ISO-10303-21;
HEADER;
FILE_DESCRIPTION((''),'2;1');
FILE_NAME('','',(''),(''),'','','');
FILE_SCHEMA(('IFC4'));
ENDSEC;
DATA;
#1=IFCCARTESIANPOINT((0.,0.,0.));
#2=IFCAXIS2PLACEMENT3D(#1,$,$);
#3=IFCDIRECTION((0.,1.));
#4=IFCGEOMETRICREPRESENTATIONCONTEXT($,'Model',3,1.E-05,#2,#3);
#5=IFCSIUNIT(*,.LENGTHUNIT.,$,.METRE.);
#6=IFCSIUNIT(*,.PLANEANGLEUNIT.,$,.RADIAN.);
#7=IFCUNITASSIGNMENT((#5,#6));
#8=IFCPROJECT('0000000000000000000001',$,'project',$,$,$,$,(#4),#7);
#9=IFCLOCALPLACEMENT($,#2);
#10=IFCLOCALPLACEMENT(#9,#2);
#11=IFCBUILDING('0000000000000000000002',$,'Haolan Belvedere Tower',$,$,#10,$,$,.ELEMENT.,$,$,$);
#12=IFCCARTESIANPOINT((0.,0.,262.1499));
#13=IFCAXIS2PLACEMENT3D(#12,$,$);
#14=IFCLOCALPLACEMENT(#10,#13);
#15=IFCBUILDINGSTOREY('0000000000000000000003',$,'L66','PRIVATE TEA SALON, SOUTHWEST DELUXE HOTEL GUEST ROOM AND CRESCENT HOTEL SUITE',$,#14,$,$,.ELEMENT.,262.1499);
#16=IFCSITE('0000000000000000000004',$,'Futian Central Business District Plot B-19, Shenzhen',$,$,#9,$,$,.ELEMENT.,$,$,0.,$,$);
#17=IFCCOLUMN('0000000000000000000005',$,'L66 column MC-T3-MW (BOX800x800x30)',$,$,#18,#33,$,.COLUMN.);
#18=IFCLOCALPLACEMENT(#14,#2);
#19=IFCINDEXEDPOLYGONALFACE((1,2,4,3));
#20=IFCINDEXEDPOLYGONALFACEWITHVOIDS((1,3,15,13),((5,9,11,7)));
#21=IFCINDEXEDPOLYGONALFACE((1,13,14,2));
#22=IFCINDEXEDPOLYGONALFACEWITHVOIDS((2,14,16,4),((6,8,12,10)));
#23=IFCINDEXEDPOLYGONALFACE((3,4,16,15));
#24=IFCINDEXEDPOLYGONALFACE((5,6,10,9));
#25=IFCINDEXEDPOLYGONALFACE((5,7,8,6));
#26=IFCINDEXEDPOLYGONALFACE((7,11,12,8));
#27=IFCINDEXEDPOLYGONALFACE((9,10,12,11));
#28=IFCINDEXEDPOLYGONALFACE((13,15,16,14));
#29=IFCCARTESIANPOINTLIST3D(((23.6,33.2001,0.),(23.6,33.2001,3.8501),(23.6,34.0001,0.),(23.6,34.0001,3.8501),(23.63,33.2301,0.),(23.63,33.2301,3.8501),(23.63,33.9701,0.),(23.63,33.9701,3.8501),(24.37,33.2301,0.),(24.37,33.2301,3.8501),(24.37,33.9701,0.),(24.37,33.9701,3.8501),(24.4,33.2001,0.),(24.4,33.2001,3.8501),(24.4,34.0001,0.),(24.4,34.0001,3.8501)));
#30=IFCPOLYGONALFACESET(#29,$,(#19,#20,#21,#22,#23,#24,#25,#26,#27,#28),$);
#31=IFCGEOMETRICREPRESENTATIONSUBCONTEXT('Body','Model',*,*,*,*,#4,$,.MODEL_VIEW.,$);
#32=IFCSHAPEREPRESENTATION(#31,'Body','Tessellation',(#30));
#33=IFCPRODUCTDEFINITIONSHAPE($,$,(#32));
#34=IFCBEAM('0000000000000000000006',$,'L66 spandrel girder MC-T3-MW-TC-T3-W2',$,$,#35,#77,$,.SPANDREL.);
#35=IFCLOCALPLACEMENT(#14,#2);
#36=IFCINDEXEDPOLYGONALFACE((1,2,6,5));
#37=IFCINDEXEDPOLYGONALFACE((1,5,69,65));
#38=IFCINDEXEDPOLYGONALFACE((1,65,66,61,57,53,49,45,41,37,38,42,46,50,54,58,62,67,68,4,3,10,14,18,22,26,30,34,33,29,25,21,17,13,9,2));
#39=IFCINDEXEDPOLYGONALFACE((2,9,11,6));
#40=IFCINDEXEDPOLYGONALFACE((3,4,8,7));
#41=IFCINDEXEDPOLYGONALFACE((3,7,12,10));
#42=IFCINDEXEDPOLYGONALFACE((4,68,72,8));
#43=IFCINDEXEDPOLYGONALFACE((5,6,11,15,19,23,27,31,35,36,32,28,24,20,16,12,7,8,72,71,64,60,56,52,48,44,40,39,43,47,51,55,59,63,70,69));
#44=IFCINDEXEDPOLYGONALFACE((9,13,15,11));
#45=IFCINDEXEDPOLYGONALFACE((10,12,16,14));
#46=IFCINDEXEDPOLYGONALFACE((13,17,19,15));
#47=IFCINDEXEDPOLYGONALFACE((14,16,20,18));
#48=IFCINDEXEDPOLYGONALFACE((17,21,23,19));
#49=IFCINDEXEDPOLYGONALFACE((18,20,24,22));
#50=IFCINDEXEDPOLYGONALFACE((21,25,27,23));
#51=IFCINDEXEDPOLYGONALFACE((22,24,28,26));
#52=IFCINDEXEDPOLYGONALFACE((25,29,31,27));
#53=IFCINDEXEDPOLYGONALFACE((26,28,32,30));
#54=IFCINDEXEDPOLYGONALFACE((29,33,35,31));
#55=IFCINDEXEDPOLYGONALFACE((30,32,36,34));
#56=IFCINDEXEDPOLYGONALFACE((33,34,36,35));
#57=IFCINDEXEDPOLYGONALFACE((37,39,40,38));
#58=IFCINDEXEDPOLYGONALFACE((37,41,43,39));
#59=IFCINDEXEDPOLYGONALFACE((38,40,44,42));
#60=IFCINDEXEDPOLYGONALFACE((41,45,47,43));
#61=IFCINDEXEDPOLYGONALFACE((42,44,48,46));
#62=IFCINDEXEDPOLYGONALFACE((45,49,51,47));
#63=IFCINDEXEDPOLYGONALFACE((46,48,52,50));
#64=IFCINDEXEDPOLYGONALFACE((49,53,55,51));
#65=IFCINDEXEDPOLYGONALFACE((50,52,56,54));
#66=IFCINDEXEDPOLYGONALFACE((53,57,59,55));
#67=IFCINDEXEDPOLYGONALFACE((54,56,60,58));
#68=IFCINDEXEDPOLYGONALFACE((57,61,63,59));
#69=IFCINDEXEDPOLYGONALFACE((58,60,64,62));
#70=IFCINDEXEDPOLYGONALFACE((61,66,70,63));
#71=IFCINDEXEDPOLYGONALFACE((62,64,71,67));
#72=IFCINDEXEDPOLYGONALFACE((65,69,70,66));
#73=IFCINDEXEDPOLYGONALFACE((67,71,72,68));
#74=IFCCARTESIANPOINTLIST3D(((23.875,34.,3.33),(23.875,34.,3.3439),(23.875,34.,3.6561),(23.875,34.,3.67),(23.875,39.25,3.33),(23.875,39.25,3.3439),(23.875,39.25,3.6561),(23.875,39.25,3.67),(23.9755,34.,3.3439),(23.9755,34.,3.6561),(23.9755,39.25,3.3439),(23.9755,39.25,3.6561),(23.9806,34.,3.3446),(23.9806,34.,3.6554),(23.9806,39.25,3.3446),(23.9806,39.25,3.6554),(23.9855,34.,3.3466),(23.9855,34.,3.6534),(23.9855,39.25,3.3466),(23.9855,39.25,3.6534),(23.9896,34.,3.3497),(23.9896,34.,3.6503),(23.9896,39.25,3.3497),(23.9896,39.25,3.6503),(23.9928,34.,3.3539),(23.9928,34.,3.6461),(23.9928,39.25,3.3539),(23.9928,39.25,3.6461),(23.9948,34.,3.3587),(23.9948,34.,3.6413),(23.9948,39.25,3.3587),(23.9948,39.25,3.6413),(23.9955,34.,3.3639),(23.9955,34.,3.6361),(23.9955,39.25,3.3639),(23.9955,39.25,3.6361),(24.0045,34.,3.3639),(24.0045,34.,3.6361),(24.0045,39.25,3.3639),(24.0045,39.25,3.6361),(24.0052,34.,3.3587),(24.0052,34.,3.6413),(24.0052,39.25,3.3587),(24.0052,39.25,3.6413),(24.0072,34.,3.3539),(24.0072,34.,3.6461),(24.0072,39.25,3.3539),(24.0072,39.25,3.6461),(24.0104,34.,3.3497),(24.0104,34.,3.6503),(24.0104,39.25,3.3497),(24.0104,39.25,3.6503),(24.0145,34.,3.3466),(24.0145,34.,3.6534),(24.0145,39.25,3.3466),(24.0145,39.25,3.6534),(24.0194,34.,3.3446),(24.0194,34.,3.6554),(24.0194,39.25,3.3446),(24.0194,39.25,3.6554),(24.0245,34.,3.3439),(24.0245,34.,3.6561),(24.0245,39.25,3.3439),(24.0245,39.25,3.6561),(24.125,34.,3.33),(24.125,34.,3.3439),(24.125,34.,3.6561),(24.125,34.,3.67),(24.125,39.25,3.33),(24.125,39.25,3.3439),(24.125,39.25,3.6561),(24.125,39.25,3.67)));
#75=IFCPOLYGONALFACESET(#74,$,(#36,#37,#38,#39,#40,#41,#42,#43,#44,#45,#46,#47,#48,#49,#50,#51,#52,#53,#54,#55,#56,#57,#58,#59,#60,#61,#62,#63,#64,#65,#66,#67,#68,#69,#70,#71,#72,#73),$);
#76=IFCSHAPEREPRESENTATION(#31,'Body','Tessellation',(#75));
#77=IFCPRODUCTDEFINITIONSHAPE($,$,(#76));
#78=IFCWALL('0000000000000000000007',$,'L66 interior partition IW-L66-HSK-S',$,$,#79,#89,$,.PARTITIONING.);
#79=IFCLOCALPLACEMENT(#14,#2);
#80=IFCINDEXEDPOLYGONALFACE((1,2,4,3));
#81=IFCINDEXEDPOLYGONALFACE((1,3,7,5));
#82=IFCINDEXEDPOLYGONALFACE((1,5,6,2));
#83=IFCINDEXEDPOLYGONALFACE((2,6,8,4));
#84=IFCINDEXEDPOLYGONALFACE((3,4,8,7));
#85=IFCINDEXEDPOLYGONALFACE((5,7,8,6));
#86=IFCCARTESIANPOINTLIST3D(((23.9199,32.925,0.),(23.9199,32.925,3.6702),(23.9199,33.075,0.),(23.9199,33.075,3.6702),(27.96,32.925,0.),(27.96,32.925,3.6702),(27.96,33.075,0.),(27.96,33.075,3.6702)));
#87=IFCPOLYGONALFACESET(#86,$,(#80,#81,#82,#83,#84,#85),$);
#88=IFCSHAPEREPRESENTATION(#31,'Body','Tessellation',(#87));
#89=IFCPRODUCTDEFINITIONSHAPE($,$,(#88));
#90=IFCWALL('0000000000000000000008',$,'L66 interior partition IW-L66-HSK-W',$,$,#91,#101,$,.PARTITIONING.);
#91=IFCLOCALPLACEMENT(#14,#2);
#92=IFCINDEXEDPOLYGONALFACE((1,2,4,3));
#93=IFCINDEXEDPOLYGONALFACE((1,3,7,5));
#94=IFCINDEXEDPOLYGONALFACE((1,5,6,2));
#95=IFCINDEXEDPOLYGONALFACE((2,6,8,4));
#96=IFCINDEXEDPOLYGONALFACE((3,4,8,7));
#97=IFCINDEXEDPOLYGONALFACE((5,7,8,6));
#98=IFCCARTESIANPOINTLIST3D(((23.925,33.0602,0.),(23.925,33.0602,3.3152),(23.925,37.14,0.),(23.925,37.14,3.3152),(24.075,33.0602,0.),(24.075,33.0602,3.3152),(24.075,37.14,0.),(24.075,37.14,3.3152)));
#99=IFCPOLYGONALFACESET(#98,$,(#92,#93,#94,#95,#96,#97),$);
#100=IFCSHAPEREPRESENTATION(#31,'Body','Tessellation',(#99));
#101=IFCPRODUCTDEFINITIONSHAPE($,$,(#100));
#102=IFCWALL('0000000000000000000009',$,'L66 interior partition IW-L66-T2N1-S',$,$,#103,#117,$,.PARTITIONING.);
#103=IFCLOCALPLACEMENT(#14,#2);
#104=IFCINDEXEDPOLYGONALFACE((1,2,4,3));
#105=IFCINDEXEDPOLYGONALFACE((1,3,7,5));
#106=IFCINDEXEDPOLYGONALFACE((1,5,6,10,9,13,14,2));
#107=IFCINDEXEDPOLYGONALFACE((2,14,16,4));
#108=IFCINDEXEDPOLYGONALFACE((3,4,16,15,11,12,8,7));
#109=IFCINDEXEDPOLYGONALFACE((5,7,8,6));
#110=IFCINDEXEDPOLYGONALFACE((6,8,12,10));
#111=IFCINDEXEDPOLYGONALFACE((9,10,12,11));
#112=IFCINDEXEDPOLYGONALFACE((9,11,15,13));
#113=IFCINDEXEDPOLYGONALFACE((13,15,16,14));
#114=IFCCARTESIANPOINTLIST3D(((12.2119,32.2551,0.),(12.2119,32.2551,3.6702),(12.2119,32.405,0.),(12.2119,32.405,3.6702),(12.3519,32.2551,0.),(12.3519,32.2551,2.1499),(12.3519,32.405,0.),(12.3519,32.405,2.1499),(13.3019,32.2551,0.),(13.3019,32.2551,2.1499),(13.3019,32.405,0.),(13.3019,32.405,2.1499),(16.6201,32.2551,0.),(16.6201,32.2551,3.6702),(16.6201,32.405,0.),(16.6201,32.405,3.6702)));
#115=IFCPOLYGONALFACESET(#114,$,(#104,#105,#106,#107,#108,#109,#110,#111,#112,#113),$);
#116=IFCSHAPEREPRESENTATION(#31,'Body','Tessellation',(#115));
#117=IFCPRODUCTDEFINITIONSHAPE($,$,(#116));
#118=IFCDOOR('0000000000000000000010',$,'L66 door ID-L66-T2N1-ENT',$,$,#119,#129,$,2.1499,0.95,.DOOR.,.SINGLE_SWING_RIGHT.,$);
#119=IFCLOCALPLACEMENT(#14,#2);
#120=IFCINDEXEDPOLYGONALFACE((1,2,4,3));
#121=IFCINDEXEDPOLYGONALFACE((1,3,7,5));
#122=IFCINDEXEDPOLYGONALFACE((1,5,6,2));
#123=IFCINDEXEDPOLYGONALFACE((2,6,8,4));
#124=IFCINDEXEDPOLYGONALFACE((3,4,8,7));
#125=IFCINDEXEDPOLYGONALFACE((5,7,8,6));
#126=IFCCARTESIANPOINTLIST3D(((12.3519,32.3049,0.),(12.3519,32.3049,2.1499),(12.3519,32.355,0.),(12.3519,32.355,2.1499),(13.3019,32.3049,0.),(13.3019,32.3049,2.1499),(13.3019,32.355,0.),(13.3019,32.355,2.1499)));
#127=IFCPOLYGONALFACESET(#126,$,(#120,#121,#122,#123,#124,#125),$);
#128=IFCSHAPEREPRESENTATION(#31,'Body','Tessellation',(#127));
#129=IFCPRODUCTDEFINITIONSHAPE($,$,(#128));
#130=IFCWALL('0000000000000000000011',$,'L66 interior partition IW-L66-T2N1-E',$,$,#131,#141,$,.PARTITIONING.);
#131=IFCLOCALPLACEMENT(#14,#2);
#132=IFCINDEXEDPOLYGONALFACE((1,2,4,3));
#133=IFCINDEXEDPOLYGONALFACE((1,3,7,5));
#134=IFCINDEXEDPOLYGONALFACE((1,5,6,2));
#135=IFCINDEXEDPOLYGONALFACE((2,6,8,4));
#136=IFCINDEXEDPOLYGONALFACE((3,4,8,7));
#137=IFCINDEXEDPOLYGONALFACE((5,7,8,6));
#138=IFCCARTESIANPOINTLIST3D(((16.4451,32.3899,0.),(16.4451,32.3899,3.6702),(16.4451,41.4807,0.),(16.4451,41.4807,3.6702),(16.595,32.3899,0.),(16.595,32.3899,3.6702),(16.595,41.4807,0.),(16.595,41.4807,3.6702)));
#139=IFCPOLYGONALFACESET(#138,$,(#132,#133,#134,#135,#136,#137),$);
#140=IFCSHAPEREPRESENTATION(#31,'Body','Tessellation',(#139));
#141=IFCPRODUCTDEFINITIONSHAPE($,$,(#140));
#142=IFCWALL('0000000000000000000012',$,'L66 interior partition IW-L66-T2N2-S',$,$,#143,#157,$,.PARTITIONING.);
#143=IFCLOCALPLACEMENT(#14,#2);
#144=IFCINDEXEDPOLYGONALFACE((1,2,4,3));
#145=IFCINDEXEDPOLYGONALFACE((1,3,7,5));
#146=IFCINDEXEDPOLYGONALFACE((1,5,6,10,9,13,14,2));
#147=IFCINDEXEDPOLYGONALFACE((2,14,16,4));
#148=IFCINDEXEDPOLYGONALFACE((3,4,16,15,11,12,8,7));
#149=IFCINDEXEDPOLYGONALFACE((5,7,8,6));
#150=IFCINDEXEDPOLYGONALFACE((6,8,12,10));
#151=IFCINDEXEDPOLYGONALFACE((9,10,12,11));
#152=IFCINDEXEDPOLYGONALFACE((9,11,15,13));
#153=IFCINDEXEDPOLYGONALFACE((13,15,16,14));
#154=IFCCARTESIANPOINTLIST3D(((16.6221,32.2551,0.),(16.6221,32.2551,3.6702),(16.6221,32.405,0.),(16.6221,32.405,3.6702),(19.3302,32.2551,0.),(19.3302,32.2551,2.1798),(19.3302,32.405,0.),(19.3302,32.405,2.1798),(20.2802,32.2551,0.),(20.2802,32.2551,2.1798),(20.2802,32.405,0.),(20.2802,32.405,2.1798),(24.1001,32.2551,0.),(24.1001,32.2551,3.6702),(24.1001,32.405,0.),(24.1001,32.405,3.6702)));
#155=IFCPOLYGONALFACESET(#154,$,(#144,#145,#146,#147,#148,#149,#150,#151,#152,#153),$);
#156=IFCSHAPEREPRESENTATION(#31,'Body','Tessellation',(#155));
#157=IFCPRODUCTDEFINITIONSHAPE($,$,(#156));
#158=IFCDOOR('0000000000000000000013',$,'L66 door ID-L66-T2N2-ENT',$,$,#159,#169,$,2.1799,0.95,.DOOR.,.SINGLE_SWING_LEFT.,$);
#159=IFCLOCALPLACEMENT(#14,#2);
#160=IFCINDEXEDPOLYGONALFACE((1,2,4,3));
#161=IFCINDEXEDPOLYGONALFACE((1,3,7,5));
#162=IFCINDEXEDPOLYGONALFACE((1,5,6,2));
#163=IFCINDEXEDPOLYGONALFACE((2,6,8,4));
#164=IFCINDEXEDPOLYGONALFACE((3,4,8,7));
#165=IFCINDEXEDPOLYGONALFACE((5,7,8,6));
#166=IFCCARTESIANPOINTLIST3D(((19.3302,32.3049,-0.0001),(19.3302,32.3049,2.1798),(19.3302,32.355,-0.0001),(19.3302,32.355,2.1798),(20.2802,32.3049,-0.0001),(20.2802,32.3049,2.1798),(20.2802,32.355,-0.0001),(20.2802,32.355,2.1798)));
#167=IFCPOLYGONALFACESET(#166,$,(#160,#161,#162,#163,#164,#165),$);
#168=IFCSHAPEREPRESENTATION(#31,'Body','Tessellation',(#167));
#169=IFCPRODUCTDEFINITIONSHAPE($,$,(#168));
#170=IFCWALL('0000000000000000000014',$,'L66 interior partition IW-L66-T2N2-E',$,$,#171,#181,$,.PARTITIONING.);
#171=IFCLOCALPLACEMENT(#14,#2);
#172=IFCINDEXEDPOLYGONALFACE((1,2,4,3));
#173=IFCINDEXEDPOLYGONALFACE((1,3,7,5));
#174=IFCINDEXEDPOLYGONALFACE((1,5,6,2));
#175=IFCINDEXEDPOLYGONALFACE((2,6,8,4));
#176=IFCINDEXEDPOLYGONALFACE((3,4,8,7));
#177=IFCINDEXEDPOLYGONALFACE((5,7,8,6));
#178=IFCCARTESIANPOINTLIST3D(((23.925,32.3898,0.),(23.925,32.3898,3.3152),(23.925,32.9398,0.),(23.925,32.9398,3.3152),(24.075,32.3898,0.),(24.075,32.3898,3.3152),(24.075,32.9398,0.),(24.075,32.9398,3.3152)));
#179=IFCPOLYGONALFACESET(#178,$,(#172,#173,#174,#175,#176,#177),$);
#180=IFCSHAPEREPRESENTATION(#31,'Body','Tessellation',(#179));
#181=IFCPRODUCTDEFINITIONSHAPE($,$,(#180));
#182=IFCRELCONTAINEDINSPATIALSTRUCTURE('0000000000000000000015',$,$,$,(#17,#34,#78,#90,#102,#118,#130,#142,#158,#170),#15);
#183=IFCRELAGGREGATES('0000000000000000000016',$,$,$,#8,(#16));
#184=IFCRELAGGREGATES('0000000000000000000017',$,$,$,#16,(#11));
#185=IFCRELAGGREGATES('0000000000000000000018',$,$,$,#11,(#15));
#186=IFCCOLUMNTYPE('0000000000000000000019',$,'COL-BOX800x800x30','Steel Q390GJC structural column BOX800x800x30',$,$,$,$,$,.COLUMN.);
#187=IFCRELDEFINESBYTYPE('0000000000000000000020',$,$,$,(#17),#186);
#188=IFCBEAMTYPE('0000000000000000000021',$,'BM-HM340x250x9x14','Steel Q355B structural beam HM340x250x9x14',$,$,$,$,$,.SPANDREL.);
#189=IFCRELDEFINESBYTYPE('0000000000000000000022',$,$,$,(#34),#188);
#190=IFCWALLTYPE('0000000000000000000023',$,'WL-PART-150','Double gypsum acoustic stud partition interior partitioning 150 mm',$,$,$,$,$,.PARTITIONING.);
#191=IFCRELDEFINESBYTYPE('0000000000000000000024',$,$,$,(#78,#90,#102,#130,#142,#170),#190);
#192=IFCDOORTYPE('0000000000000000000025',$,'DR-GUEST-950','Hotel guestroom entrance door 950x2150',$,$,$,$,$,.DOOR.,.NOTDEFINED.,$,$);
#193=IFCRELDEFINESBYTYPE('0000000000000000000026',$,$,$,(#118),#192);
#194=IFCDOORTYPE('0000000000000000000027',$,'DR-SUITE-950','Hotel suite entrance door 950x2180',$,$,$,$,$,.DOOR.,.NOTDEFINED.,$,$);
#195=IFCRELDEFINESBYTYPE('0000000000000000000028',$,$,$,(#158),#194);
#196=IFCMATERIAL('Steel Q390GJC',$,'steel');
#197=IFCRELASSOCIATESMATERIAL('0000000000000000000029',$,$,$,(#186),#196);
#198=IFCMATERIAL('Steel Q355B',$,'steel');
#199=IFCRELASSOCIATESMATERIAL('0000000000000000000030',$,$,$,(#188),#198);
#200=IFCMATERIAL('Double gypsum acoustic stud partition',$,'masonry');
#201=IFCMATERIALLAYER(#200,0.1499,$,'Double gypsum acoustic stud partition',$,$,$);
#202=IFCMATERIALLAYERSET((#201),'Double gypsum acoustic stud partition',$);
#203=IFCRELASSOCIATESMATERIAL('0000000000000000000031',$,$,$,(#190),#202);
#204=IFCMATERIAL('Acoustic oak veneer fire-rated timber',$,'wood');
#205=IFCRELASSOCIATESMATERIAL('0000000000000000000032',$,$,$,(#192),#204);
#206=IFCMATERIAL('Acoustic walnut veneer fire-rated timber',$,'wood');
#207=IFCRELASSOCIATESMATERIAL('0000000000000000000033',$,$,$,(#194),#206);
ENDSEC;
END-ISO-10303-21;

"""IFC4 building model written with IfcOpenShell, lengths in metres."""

from ifc_helpers import new_model, si_unit, direction, frame, frame_2d, origin, origin_2d, place, context, subcontext, project, spatial, rectangle, hollow_rectangle, i_section, extrude, material, layer, layer_set, material_profile, profile_set, type_object, element, fill, save


model = new_model("IFC4")

# Units and contexts
model_context = context("Model", 3, precision=1e-05, world=origin(), true_north=direction((0.0, 1.0)))
body_context = subcontext(model_context, "Body", "Model", "MODEL_VIEW")
ifc_project = project(units=[si_unit("LENGTHUNIT", "METRE"), si_unit("PLANEANGLEUNIT", "RADIAN")], contexts=[model_context])

# Site, building, storey
site_placement = place(None, origin())
site = spatial("IfcSite", under=ifc_project, at=site_placement, Name="Futian Central Business District Plot B-19, Shenzhen", CompositionType="ELEMENT", RefElevation=0.0)
building_placement = place(site_placement, origin())
building = spatial("IfcBuilding", under=site, at=building_placement, Name="Haolan Belvedere Tower", CompositionType="ELEMENT")
storey_placement = place(building_placement, frame((0.0, 0.0, 262.1499)))
storey = spatial("IfcBuildingStorey", under=building, at=storey_placement, Name="L66", Description="PRIVATE TEA SALON, SOUTHWEST DELUXE HOTEL GUEST ROOM AND CRESCENT HOTEL SUITE", CompositionType="ELEMENT", Elevation=262.1499)

# Column
ifc_material_1 = material(Name="Steel Q390GJC", Category="steel")
ifc_material_profile_1 = material_profile(ifc_material_1, hollow_rectangle(XDim=0.8, YDim=0.8, WallThickness=0.03, at=origin_2d()), Name="Steel Q390GJC")
ifc_profile_set_1 = profile_set([ifc_material_profile_1], Name="Steel Q390GJC")
column_type = type_object("IfcColumnType", Name="COL-BOX800x800x30", Description="Steel Q390GJC structural column BOX800x800x30", PredefinedType="COLUMN", material=ifc_profile_set_1)
column_placement = place(storey_placement, frame((24.0, 33.6001, 0.0), z_axis=(0.0, 0.0, 1.0), x_axis=(1.0, 0.0, 0.0)))
element("IfcColumn", 1, at=column_placement, inside=storey, type_object=column_type, Name="L66 column MC-T3-MW (BOX800x800x30)", PredefinedType="COLUMN", context=body_context, shape_type="SweptSolid", body=[
    extrude(hollow_rectangle(XDim=0.8, YDim=0.8, WallThickness=0.03, at=origin_2d()), origin(), (0.0, 0.0, 1.0), 3.8501),
])

# Beam
ifc_material_2 = material(Name="Steel Q355B", Category="steel")
ifc_material_profile_2 = material_profile(ifc_material_2, i_section(OverallWidth=0.25, OverallDepth=0.3401, WebThickness=0.009, FlangeThickness=0.0139, FilletRadius=0.02, at=origin_2d()), Name="Steel Q355B")
ifc_profile_set_2 = profile_set([ifc_material_profile_2], Name="Steel Q355B")
beam_type = type_object("IfcBeamType", Name="BM-HM340x250x9x14", Description="Steel Q355B structural beam HM340x250x9x14", PredefinedType="SPANDREL", material=ifc_profile_set_2)
beam_placement = place(storey_placement, frame((24.0, 34.0, 3.5), z_axis=(0.0, 1.0, 0.0), x_axis=(-1.0, 0.0, 0.0)))
element("IfcBeam", 2, at=beam_placement, inside=storey, type_object=beam_type, Name="L66 spandrel girder MC-T3-MW-TC-T3-W2", PredefinedType="SPANDREL", context=body_context, shape_type="SweptSolid", body=[
    extrude(i_section(OverallWidth=0.25, OverallDepth=0.3401, WebThickness=0.009, FlangeThickness=0.0139, FilletRadius=0.02, at=origin_2d()), origin(), (0.0, 0.0, 1.0), 5.25),
])

# Walls
ifc_material_3 = material(Name="Double gypsum acoustic stud partition", Category="masonry")
ifc_layer_1 = layer(ifc_material_3, 0.1499, Name="Double gypsum acoustic stud partition")
ifc_layer_set_1 = layer_set([ifc_layer_1], Name="Double gypsum acoustic stud partition")
wall_type_1 = type_object("IfcWallType", Name="WL-PART-150", Description="Double gypsum acoustic stud partition interior partitioning 150 mm", PredefinedType="PARTITIONING", material=ifc_layer_set_1)
wall_1_placement = place(storey_placement, frame((23.9199, 33.0, 0.0), z_axis=(0.0, 0.0, 1.0), x_axis=(1.0, 0.0, 0.0)))
element("IfcWall", 3, at=wall_1_placement, inside=storey, type_object=wall_type_1, Name="L66 interior partition IW-L66-HSK-S", PredefinedType="PARTITIONING", context=body_context, shape_type="SweptSolid", body=[
    extrude(rectangle(XDim=4.04, YDim=0.1499, at=frame_2d((2.02, 0.0))), origin(), (0.0, 0.0, 1.0), 3.6702),
])
wall_2_placement = place(storey_placement, frame((24.0, 33.0601, 0.0), z_axis=(0.0, 0.0, 1.0), x_axis=(0.0, 1.0, 0.0)))
element("IfcWall", 4, at=wall_2_placement, inside=storey, type_object=wall_type_1, Name="L66 interior partition IW-L66-HSK-W", PredefinedType="PARTITIONING", context=body_context, shape_type="SweptSolid", body=[
    extrude(rectangle(XDim=4.0798, YDim=0.1499, at=frame_2d((2.04, 0.0))), origin(), (0.0, 0.0, 1.0), 3.3152),
])

# Wall, opening, door
wall_3_placement = place(storey_placement, frame((12.2119, 32.3301, 0.0), z_axis=(0.0, 0.0, 1.0), x_axis=(1.0, 0.0, 0.0)))
wall_3 = element("IfcWall", 5, at=wall_3_placement, inside=storey, type_object=wall_type_1, Name="L66 interior partition IW-L66-T2N1-S", PredefinedType="PARTITIONING", context=body_context, shape_type="SweptSolid", body=[
    extrude(rectangle(XDim=4.4082, YDim=0.1499, at=frame_2d((2.2041, 0.0))), origin(), (0.0, 0.0, 1.0), 3.6702),
])
opening_1_placement = place(wall_3_placement, frame((0.1399, 0.0, 0.0)))
opening_1 = element("IfcOpeningElement", 6, at=opening_1_placement, cuts=wall_3, PredefinedType="OPENING", context=body_context, shape_type="SweptSolid", body=[
    extrude(rectangle(XDim=0.95, YDim=2.1499, at=frame_2d((0.4751, 1.075))), frame((0.0, 0.085, 0.0), z_axis=(0.0, -1.0, 0.0), x_axis=(1.0, 0.0, 0.0)), (0.0, 0.0, 1.0), 0.1699),
])
ifc_material_4 = material(Name="Acoustic oak veneer fire-rated timber", Category="wood")
door_type_1 = type_object("IfcDoorType", Name="DR-GUEST-950", Description="Hotel guestroom entrance door 950x2150", OperationType="NOTDEFINED", PredefinedType="DOOR", material=ifc_material_4)
door_1_placement = place(opening_1_placement, origin())
door_1 = element("IfcDoor", 7, at=door_1_placement, inside=storey, type_object=door_type_1, Name="L66 door ID-L66-T2N1-ENT", OperationType="SINGLE_SWING_RIGHT", OverallHeight=2.1499, OverallWidth=0.95, PredefinedType="DOOR", context=body_context, shape_type="SweptSolid", body=[
    extrude(rectangle(XDim=0.95, YDim=2.1499, at=frame_2d((0.4751, 1.075))), frame((0.0, 0.0249, 0.0), z_axis=(0.0, -1.0, 0.0), x_axis=(1.0, 0.0, 0.0)), (0.0, 0.0, 1.0), 0.05),
])
fill(opening_1, door_1)

# Wall
wall_4_placement = place(storey_placement, frame((16.52, 32.3899, 0.0), z_axis=(0.0, 0.0, 1.0), x_axis=(0.0, 1.0, 0.0)))
element("IfcWall", 8, at=wall_4_placement, inside=storey, type_object=wall_type_1, Name="L66 interior partition IW-L66-T2N1-E", PredefinedType="PARTITIONING", context=body_context, shape_type="SweptSolid", body=[
    extrude(rectangle(XDim=9.0908, YDim=0.1499, at=frame_2d((4.5454, 0.0))), origin(), (0.0, 0.0, 1.0), 3.6702),
])

# Wall, opening, door
wall_5_placement = place(storey_placement, frame((16.6221, 32.3301, 0.0), z_axis=(0.0, 0.0, 1.0), x_axis=(1.0, 0.0, 0.0)))
wall_5 = element("IfcWall", 9, at=wall_5_placement, inside=storey, type_object=wall_type_1, Name="L66 interior partition IW-L66-T2N2-S", PredefinedType="PARTITIONING", context=body_context, shape_type="SweptSolid", body=[
    extrude(rectangle(XDim=7.478, YDim=0.1499, at=frame_2d((3.739, 0.0))), origin(), (0.0, 0.0, 1.0), 3.6702),
])
opening_2_placement = place(wall_5_placement, frame((2.708, 0.0, 0.0)))
opening_2 = element("IfcOpeningElement", 10, at=opening_2_placement, cuts=wall_5, PredefinedType="OPENING", context=body_context, shape_type="SweptSolid", body=[
    extrude(rectangle(XDim=0.95, YDim=2.1799, at=frame_2d((0.4751, 1.0898))), frame((0.0, 0.085, 0.0), z_axis=(0.0, -1.0, 0.0), x_axis=(1.0, 0.0, 0.0)), (0.0, 0.0, 1.0), 0.1699),
])
ifc_material_5 = material(Name="Acoustic walnut veneer fire-rated timber", Category="wood")
door_type_2 = type_object("IfcDoorType", Name="DR-SUITE-950", Description="Hotel suite entrance door 950x2180", OperationType="NOTDEFINED", PredefinedType="DOOR", material=ifc_material_5)
door_2_placement = place(opening_2_placement, origin())
door_2 = element("IfcDoor", 11, at=door_2_placement, inside=storey, type_object=door_type_2, Name="L66 door ID-L66-T2N2-ENT", OperationType="SINGLE_SWING_LEFT", OverallHeight=2.1799, OverallWidth=0.95, PredefinedType="DOOR", context=body_context, shape_type="SweptSolid", body=[
    extrude(rectangle(XDim=0.95, YDim=2.1799, at=frame_2d((0.4751, 1.0898))), frame((0.0, 0.0249, 0.0), z_axis=(0.0, -1.0, 0.0), x_axis=(1.0, 0.0, 0.0)), (0.0, 0.0, 1.0), 0.05),
])
fill(opening_2, door_2)

# Wall
wall_6_placement = place(storey_placement, frame((24.0, 32.3899, 0.0), z_axis=(0.0, 0.0, 1.0), x_axis=(0.0, 1.0, 0.0)))
element("IfcWall", 12, at=wall_6_placement, inside=storey, type_object=wall_type_1, Name="L66 interior partition IW-L66-T2N2-E", PredefinedType="PARTITIONING", context=body_context, shape_type="SweptSolid", body=[
    extrude(rectangle(XDim=0.55, YDim=0.1499, at=frame_2d((0.2749, 0.0))), origin(), (0.0, 0.0, 1.0), 3.3152),
])

save(model, "model.ifc")
